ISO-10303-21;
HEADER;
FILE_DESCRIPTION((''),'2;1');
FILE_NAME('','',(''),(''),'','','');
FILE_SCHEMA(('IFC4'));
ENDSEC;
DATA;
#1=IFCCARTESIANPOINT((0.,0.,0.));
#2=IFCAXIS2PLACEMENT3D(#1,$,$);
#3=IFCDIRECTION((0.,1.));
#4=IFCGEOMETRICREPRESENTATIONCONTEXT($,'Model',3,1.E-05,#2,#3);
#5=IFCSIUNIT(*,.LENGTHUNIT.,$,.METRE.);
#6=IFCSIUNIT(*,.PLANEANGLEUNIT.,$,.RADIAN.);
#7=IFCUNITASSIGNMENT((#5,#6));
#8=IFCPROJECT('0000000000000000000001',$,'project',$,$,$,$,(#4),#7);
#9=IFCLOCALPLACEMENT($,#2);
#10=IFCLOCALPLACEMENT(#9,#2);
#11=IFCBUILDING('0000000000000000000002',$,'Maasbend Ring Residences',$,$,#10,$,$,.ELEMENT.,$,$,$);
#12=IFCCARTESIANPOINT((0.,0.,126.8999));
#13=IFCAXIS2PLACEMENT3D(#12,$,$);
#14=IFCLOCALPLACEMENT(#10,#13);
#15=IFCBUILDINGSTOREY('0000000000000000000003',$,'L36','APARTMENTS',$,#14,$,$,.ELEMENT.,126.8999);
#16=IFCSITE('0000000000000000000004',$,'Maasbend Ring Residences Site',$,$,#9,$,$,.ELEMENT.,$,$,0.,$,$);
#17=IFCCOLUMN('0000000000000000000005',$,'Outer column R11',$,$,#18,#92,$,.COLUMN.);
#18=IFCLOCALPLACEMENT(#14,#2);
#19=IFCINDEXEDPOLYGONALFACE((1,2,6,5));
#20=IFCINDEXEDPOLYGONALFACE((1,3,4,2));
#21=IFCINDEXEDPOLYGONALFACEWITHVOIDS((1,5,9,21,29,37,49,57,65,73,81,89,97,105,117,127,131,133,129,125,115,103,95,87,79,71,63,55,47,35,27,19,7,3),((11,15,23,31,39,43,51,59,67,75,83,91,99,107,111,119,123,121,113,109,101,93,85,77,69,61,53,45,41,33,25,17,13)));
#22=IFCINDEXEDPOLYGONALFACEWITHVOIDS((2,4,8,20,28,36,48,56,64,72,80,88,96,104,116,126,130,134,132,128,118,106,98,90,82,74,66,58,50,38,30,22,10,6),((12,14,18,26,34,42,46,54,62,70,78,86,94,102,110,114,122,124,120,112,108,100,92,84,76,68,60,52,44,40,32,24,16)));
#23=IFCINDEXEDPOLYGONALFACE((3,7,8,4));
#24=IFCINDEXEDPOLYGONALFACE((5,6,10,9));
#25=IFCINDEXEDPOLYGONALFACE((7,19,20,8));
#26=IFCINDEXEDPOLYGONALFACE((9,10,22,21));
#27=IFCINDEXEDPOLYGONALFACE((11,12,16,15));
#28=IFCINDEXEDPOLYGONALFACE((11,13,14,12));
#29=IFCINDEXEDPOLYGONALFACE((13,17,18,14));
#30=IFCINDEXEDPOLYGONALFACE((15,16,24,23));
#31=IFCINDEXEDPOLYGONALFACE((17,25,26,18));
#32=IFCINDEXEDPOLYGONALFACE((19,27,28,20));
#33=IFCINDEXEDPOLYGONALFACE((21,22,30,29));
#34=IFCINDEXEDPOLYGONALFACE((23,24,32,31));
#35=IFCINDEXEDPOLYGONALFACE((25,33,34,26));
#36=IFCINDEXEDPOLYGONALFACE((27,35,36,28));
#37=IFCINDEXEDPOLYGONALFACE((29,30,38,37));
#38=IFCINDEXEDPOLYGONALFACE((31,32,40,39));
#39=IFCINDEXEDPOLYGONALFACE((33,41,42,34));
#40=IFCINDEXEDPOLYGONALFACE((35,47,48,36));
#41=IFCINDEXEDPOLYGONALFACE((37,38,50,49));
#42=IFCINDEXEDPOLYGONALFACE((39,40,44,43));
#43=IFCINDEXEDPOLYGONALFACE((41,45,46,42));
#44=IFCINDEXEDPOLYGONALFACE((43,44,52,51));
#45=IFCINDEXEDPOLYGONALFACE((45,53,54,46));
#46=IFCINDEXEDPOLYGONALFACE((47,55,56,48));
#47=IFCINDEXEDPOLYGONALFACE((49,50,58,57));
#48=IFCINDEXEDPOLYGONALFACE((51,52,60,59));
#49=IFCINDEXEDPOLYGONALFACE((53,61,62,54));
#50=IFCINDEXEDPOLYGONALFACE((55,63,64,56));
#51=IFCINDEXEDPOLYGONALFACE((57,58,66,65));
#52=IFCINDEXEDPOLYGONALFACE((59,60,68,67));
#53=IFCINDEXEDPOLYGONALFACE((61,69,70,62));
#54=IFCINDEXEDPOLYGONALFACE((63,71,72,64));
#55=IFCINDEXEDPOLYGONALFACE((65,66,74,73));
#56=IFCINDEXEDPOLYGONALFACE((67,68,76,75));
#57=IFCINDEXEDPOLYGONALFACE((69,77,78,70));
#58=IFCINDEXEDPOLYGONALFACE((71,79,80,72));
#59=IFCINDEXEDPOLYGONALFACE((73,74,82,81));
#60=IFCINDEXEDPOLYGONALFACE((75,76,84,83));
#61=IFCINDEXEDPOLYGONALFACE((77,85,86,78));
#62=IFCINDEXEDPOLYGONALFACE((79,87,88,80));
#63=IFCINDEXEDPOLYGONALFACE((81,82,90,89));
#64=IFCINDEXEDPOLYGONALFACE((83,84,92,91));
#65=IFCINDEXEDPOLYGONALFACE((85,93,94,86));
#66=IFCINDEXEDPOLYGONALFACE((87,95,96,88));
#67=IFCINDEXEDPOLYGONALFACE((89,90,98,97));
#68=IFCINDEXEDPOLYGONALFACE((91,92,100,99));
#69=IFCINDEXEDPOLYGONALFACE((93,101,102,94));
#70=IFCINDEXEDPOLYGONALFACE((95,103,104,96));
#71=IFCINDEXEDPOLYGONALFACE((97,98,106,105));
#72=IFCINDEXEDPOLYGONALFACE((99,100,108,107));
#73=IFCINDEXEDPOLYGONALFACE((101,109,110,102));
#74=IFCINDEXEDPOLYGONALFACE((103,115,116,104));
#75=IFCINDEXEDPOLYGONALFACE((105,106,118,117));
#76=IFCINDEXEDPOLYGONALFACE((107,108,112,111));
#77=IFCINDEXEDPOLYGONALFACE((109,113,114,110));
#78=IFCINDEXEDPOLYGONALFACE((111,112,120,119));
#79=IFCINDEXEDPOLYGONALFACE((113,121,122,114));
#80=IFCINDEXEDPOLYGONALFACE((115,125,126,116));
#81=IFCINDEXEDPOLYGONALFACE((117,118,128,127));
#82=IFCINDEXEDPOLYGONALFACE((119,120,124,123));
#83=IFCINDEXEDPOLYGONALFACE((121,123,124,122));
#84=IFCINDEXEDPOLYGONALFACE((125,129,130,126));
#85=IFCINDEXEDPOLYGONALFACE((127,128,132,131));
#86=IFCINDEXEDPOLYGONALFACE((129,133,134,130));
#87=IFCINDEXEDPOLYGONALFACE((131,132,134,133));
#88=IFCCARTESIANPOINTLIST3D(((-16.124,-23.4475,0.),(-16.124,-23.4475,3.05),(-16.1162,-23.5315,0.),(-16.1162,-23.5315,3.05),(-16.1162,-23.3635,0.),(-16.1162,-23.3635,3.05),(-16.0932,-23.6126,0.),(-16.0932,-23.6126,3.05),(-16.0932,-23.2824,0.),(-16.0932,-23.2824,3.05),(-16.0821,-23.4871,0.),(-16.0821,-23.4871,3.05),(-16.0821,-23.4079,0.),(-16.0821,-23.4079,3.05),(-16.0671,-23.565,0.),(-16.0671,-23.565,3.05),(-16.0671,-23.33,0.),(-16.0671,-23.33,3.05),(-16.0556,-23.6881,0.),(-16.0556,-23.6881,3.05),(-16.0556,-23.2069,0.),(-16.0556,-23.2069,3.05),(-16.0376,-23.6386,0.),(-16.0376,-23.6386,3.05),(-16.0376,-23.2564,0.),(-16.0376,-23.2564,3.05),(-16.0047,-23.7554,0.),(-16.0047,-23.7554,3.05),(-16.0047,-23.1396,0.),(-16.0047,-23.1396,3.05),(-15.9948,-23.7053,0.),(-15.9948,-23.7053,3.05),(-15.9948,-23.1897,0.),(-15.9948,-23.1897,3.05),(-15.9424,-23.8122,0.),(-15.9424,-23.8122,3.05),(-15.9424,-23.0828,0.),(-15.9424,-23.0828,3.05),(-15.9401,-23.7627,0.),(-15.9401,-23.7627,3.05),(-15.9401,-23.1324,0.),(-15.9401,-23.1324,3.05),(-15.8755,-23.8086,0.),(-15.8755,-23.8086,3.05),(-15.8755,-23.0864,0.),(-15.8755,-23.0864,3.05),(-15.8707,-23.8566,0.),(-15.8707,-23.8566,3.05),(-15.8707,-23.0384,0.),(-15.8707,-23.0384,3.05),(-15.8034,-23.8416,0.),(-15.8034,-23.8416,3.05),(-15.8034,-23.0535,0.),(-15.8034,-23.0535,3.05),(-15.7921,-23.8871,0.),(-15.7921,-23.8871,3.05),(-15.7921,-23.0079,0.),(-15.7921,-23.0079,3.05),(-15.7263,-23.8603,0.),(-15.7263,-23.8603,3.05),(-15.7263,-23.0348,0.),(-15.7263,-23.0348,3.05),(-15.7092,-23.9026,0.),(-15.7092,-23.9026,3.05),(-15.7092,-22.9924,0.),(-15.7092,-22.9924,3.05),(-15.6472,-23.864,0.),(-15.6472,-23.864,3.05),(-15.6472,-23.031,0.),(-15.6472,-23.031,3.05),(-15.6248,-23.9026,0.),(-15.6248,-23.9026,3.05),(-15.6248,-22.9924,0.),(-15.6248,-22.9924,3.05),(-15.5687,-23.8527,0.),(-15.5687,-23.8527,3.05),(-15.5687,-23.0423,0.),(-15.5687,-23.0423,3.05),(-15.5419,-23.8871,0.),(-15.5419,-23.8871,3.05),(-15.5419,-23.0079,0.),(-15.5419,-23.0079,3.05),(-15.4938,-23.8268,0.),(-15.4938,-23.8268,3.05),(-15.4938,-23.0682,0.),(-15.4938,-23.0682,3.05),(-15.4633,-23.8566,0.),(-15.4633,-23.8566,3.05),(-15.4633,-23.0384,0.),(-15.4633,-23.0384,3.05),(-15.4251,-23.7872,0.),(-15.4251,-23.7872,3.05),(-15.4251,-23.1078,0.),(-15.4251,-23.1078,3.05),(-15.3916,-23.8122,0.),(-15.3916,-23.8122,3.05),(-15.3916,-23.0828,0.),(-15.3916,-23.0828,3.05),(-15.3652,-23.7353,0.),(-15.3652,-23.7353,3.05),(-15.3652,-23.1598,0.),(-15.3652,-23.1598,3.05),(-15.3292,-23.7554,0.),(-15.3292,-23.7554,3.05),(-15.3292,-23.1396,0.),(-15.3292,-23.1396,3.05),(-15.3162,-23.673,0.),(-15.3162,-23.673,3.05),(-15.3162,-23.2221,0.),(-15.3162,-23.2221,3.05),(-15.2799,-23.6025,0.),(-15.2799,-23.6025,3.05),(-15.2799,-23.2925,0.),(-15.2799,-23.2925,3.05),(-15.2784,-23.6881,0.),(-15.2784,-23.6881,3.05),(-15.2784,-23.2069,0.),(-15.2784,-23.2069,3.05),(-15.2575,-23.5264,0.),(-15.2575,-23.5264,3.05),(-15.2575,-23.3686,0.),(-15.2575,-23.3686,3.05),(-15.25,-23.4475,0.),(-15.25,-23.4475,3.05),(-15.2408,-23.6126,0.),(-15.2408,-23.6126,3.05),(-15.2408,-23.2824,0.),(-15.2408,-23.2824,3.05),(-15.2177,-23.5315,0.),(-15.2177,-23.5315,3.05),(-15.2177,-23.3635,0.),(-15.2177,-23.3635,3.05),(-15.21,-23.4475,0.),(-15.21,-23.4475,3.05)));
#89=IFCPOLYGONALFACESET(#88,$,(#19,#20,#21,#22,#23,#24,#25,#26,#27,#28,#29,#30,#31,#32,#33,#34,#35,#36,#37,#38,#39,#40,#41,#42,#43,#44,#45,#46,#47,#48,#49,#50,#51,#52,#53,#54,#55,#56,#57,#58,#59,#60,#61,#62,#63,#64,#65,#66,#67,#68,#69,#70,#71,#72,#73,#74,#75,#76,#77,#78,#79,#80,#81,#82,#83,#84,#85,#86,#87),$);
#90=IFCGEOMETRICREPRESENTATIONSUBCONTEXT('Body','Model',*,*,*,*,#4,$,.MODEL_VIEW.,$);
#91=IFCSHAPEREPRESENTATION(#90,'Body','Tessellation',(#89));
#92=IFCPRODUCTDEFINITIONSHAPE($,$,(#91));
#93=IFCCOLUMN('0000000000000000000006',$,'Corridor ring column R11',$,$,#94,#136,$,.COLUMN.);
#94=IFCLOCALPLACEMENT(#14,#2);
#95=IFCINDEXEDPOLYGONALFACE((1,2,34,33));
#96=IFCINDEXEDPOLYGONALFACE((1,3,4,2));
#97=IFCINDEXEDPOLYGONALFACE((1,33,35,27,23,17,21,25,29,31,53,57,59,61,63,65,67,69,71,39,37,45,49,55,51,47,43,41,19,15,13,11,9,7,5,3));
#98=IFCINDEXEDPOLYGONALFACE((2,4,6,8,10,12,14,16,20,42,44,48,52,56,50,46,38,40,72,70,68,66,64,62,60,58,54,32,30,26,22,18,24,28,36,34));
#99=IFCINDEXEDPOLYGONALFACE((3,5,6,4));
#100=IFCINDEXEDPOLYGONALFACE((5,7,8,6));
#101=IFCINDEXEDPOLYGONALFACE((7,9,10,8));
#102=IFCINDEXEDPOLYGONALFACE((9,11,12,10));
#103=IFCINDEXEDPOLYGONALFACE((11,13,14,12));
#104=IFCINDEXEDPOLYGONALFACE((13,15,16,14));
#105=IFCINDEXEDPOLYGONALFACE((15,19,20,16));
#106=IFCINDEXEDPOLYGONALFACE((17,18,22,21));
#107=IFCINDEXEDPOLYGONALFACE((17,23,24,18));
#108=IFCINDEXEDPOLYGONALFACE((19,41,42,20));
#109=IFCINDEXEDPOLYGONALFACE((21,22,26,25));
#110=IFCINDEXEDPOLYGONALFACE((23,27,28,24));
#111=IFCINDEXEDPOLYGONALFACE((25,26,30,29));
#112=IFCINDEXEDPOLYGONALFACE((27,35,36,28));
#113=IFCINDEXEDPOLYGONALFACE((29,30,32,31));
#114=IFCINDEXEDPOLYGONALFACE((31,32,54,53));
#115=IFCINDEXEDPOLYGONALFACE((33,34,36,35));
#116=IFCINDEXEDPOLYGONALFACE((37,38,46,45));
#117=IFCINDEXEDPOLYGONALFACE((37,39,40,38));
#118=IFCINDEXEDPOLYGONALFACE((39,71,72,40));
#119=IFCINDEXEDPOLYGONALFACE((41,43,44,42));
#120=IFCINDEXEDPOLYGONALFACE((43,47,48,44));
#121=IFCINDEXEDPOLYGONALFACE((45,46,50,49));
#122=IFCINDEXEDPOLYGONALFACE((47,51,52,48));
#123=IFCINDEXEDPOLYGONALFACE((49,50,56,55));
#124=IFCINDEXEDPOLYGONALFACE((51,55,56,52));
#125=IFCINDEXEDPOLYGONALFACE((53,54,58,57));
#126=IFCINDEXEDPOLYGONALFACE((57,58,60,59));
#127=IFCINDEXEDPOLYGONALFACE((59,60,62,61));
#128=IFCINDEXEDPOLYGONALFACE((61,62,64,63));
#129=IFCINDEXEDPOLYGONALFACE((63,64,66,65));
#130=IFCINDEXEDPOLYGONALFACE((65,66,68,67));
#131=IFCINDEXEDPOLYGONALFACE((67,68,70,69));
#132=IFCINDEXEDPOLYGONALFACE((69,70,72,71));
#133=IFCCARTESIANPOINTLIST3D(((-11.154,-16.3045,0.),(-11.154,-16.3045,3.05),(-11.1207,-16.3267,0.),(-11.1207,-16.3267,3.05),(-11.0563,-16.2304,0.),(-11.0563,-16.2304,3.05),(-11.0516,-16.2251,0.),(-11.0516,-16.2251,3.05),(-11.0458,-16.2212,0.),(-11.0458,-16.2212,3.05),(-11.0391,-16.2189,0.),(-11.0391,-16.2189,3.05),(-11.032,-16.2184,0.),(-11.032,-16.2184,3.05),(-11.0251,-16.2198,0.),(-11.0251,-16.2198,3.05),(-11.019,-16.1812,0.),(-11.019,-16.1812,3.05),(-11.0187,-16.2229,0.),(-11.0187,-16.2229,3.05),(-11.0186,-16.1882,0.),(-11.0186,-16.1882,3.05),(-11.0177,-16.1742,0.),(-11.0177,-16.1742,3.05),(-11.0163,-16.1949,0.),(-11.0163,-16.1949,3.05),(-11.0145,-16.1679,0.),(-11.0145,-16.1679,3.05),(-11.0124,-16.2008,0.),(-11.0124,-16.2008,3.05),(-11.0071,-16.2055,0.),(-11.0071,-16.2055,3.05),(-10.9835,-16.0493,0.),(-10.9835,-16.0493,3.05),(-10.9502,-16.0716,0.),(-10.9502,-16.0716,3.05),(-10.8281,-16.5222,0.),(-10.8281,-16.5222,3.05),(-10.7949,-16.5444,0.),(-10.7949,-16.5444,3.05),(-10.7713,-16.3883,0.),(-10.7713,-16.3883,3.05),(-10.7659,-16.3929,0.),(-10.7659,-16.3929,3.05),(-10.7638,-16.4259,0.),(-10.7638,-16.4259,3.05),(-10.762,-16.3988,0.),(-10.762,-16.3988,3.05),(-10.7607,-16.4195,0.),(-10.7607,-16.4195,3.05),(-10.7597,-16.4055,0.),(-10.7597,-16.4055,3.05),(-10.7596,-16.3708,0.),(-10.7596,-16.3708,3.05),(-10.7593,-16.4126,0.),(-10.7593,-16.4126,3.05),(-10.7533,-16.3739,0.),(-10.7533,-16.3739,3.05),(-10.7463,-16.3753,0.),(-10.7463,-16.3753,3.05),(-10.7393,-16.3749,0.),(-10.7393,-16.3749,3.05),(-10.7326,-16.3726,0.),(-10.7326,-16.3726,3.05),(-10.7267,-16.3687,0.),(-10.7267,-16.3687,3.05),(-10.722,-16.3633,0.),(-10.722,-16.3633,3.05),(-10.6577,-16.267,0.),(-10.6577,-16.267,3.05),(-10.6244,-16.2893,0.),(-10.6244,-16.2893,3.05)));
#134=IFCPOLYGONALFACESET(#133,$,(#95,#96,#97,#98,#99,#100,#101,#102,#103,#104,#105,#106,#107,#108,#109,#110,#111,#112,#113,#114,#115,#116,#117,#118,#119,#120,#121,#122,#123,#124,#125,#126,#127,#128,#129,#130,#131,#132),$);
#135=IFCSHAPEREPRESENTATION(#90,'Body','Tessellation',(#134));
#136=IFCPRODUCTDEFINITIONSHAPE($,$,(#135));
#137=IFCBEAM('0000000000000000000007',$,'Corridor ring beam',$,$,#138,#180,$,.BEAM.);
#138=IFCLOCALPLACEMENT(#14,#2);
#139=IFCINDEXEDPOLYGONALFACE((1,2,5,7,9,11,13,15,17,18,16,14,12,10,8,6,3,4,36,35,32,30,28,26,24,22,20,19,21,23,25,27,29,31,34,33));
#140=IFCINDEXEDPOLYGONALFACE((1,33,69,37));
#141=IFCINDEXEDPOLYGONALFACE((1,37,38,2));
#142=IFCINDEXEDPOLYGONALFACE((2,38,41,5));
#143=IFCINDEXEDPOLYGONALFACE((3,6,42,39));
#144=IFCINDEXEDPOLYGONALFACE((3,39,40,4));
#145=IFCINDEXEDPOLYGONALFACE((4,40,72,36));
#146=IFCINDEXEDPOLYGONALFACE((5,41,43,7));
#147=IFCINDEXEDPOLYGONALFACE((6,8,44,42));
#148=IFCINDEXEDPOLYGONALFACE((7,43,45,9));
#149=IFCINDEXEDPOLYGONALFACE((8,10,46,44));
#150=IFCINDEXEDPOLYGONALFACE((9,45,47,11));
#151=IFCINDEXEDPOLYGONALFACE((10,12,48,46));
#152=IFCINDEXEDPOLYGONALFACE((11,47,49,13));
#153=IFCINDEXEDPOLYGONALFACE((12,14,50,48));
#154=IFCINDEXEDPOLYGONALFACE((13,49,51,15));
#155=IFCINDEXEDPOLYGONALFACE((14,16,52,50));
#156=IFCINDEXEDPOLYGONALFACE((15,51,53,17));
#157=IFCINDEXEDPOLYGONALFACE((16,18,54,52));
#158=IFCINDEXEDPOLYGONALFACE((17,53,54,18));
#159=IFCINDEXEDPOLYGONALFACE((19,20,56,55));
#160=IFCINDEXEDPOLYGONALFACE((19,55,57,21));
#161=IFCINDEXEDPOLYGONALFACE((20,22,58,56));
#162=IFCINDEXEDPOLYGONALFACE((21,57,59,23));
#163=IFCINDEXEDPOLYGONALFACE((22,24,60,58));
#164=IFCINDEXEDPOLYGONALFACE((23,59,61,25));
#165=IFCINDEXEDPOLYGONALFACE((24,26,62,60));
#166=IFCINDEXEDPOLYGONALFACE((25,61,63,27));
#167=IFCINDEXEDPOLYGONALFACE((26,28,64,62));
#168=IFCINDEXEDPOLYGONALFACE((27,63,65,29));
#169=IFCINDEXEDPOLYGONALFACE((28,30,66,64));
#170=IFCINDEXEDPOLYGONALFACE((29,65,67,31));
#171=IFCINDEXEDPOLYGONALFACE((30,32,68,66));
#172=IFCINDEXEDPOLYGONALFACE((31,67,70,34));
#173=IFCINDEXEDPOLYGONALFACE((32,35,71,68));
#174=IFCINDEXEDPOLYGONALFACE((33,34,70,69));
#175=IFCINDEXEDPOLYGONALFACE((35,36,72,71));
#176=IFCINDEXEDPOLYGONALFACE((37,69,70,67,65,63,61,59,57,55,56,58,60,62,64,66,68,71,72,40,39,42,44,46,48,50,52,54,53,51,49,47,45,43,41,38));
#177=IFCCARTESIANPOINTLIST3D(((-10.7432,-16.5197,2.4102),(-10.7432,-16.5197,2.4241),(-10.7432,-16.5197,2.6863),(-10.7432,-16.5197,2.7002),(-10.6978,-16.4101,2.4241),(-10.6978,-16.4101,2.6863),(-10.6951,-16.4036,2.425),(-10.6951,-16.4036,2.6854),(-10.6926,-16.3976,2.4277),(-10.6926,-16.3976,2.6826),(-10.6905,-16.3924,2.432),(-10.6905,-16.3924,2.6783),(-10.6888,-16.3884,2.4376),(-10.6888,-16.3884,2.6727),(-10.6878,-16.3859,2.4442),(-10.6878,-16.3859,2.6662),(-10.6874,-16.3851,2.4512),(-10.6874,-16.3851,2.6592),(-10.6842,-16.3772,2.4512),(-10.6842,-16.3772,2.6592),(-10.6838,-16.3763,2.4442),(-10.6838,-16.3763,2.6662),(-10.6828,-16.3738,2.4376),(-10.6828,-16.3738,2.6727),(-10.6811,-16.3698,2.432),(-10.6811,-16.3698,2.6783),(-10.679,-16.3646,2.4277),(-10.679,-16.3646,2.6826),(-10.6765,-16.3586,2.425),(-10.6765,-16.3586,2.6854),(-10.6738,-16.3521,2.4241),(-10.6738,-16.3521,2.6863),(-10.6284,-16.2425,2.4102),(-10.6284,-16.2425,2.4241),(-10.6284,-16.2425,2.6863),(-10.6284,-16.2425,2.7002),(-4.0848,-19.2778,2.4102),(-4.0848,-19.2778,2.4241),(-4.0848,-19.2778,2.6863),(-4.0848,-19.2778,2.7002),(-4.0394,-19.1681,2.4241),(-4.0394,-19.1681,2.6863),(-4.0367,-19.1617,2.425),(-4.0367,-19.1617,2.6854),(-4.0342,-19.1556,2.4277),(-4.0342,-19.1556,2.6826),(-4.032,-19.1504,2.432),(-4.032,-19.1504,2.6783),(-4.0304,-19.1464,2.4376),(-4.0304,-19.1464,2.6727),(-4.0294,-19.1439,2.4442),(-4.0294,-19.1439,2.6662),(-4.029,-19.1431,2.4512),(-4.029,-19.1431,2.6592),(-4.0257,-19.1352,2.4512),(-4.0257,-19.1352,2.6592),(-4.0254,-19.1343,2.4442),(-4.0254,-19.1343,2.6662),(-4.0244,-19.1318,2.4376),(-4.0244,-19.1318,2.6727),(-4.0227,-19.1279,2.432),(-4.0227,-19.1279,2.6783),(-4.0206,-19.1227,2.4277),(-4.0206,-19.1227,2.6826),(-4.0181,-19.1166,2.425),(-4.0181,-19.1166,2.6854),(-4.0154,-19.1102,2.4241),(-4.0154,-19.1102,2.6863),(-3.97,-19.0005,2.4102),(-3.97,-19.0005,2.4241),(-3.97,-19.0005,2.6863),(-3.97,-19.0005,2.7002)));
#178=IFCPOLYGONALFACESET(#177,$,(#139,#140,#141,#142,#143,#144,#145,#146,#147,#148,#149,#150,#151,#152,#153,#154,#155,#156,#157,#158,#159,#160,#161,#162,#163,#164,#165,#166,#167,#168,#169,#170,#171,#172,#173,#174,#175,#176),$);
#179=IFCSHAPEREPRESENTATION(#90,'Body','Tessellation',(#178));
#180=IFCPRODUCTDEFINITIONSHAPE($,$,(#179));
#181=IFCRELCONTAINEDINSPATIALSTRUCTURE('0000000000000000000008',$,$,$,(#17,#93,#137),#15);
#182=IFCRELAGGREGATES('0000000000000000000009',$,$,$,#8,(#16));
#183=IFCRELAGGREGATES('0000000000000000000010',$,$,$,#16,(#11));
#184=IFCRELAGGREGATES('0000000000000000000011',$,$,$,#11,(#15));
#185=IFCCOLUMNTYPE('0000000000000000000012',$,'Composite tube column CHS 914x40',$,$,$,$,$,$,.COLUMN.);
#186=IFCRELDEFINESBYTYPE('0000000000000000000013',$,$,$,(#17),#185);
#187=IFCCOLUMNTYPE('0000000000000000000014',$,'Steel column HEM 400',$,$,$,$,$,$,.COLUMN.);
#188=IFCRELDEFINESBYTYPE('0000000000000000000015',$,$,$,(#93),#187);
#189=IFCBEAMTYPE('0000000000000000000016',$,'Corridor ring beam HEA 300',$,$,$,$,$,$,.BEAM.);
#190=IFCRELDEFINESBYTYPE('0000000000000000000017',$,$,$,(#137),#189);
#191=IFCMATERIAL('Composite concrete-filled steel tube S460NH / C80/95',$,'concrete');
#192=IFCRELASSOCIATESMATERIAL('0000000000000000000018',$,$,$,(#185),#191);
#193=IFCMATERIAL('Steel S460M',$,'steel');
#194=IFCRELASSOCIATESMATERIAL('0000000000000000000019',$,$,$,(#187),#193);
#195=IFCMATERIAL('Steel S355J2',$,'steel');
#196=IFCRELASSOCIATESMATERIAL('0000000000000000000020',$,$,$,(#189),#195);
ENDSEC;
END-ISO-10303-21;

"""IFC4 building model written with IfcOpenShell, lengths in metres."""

from ifc_helpers import new_model, si_unit, direction, frame, origin, origin_2d, place, context, subcontext, project, spatial, hollow_circle, i_section, extrude, material, material_profile, profile_set, type_object, element, save


model = new_model("IFC4")

# Units and contexts
model_context = context("Model", 3, precision=1e-05, world=origin(), true_north=direction((0.0, 1.0)))
body_context = subcontext(model_context, "Body", "Model", "MODEL_VIEW")
ifc_project = project(units=[si_unit("LENGTHUNIT", "METRE"), si_unit("PLANEANGLEUNIT", "RADIAN")], contexts=[model_context])

# Site, building, storey
site_placement = place(None, origin())
site = spatial("IfcSite", under=ifc_project, at=site_placement, Name="Maasbend Ring Residences Site", CompositionType="ELEMENT", RefElevation=0.0)
building_placement = place(site_placement, origin())
building = spatial("IfcBuilding", under=site, at=building_placement, Name="Maasbend Ring Residences", CompositionType="ELEMENT")
storey_placement = place(building_placement, frame((0.0, 0.0, 126.8999)))
storey = spatial("IfcBuildingStorey", under=building, at=storey_placement, Name="L36", Description="APARTMENTS", CompositionType="ELEMENT", Elevation=126.8999)

# Columns
ifc_material_1 = material(Name="Composite concrete-filled steel tube S460NH / C80/95", Category="concrete")
ifc_material_profile_1 = material_profile(ifc_material_1, hollow_circle(Radius=0.457, WallThickness=0.04, at=origin_2d()), Name="Composite tube column CHS 914x40")
ifc_profile_set_1 = profile_set([ifc_material_profile_1], Name="Composite concrete-filled steel tube S460NH / C80/95")
column_type_1 = type_object("IfcColumnType", Name="Composite tube column CHS 914x40", PredefinedType="COLUMN", material=ifc_profile_set_1)
column_1_placement = place(storey_placement, frame((-15.667, -23.4475, 0.0), z_axis=(0.0, 0.0, 1.0), x_axis=(1.0, 0.0, 0.0)))
element("IfcColumn", 1, at=column_1_placement, inside=storey, type_object=column_type_1, Name="Outer column R11", PredefinedType="COLUMN", context=body_context, shape_type="SweptSolid", body=[
    extrude(hollow_circle(Radius=0.457, WallThickness=0.04, at=origin_2d()), origin(), (0.0, 0.0, 1.0), 3.05),
])
ifc_material_2 = material(Name="Steel S460M", Category="steel")
ifc_material_profile_2 = material_profile(ifc_material_2, i_section(OverallWidth=0.3069, OverallDepth=0.4319, WebThickness=0.021, FlangeThickness=0.04, FilletRadius=0.0271, at=origin_2d()), Name="HEM 400")
ifc_profile_set_2 = profile_set([ifc_material_profile_2], Name="Steel S460M")
column_type_2 = type_object("IfcColumnType", Name="Steel column HEM 400", PredefinedType="COLUMN", material=ifc_profile_set_2)
column_2_placement = place(storey_placement, frame((-10.8892, -16.2969, 0.0), z_axis=(0.0, 0.0, 1.0), x_axis=(-0.55557, -0.83147, 0.0)))
element("IfcColumn", 2, at=column_2_placement, inside=storey, type_object=column_type_2, Name="Corridor ring column R11", PredefinedType="COLUMN", context=body_context, shape_type="SweptSolid", body=[
    extrude(i_section(OverallWidth=0.3069, OverallDepth=0.4319, WebThickness=0.021, FlangeThickness=0.04, FilletRadius=0.0271, at=origin_2d()), origin(), (0.0, 0.0, 1.0), 3.05),
])

# Beam
ifc_material_3 = material(Name="Steel S355J2", Category="steel")
ifc_material_profile_3 = material_profile(ifc_material_3, i_section(OverallWidth=0.3, OverallDepth=0.29, WebThickness=0.0085, FlangeThickness=0.0139, FilletRadius=0.0271, at=origin_2d()), Name="HEA 300")
ifc_profile_set_3 = profile_set([ifc_material_profile_3], Name="Steel S355J2")
beam_type_1 = type_object("IfcBeamType", Name="Corridor ring beam HEA 300", PredefinedType="BEAM", material=ifc_profile_set_3)
beam_1_placement = place(storey_placement, frame((-10.6858, -16.3811, 2.5552), z_axis=(0.923878, -0.382688, 0.0), x_axis=(0.382688, 0.923878, 0.0)))
element("IfcBeam", 3, at=beam_1_placement, inside=storey, type_object=beam_type_1, Name="Corridor ring beam", PredefinedType="BEAM", context=body_context, shape_type="SweptSolid", body=[
    extrude(i_section(OverallWidth=0.3, OverallDepth=0.29, WebThickness=0.0085, FlangeThickness=0.0139, FilletRadius=0.0271, at=origin_2d()), origin(), (0.0, 0.0, 1.0), 7.207),
])

save(model, "model.ifc")
